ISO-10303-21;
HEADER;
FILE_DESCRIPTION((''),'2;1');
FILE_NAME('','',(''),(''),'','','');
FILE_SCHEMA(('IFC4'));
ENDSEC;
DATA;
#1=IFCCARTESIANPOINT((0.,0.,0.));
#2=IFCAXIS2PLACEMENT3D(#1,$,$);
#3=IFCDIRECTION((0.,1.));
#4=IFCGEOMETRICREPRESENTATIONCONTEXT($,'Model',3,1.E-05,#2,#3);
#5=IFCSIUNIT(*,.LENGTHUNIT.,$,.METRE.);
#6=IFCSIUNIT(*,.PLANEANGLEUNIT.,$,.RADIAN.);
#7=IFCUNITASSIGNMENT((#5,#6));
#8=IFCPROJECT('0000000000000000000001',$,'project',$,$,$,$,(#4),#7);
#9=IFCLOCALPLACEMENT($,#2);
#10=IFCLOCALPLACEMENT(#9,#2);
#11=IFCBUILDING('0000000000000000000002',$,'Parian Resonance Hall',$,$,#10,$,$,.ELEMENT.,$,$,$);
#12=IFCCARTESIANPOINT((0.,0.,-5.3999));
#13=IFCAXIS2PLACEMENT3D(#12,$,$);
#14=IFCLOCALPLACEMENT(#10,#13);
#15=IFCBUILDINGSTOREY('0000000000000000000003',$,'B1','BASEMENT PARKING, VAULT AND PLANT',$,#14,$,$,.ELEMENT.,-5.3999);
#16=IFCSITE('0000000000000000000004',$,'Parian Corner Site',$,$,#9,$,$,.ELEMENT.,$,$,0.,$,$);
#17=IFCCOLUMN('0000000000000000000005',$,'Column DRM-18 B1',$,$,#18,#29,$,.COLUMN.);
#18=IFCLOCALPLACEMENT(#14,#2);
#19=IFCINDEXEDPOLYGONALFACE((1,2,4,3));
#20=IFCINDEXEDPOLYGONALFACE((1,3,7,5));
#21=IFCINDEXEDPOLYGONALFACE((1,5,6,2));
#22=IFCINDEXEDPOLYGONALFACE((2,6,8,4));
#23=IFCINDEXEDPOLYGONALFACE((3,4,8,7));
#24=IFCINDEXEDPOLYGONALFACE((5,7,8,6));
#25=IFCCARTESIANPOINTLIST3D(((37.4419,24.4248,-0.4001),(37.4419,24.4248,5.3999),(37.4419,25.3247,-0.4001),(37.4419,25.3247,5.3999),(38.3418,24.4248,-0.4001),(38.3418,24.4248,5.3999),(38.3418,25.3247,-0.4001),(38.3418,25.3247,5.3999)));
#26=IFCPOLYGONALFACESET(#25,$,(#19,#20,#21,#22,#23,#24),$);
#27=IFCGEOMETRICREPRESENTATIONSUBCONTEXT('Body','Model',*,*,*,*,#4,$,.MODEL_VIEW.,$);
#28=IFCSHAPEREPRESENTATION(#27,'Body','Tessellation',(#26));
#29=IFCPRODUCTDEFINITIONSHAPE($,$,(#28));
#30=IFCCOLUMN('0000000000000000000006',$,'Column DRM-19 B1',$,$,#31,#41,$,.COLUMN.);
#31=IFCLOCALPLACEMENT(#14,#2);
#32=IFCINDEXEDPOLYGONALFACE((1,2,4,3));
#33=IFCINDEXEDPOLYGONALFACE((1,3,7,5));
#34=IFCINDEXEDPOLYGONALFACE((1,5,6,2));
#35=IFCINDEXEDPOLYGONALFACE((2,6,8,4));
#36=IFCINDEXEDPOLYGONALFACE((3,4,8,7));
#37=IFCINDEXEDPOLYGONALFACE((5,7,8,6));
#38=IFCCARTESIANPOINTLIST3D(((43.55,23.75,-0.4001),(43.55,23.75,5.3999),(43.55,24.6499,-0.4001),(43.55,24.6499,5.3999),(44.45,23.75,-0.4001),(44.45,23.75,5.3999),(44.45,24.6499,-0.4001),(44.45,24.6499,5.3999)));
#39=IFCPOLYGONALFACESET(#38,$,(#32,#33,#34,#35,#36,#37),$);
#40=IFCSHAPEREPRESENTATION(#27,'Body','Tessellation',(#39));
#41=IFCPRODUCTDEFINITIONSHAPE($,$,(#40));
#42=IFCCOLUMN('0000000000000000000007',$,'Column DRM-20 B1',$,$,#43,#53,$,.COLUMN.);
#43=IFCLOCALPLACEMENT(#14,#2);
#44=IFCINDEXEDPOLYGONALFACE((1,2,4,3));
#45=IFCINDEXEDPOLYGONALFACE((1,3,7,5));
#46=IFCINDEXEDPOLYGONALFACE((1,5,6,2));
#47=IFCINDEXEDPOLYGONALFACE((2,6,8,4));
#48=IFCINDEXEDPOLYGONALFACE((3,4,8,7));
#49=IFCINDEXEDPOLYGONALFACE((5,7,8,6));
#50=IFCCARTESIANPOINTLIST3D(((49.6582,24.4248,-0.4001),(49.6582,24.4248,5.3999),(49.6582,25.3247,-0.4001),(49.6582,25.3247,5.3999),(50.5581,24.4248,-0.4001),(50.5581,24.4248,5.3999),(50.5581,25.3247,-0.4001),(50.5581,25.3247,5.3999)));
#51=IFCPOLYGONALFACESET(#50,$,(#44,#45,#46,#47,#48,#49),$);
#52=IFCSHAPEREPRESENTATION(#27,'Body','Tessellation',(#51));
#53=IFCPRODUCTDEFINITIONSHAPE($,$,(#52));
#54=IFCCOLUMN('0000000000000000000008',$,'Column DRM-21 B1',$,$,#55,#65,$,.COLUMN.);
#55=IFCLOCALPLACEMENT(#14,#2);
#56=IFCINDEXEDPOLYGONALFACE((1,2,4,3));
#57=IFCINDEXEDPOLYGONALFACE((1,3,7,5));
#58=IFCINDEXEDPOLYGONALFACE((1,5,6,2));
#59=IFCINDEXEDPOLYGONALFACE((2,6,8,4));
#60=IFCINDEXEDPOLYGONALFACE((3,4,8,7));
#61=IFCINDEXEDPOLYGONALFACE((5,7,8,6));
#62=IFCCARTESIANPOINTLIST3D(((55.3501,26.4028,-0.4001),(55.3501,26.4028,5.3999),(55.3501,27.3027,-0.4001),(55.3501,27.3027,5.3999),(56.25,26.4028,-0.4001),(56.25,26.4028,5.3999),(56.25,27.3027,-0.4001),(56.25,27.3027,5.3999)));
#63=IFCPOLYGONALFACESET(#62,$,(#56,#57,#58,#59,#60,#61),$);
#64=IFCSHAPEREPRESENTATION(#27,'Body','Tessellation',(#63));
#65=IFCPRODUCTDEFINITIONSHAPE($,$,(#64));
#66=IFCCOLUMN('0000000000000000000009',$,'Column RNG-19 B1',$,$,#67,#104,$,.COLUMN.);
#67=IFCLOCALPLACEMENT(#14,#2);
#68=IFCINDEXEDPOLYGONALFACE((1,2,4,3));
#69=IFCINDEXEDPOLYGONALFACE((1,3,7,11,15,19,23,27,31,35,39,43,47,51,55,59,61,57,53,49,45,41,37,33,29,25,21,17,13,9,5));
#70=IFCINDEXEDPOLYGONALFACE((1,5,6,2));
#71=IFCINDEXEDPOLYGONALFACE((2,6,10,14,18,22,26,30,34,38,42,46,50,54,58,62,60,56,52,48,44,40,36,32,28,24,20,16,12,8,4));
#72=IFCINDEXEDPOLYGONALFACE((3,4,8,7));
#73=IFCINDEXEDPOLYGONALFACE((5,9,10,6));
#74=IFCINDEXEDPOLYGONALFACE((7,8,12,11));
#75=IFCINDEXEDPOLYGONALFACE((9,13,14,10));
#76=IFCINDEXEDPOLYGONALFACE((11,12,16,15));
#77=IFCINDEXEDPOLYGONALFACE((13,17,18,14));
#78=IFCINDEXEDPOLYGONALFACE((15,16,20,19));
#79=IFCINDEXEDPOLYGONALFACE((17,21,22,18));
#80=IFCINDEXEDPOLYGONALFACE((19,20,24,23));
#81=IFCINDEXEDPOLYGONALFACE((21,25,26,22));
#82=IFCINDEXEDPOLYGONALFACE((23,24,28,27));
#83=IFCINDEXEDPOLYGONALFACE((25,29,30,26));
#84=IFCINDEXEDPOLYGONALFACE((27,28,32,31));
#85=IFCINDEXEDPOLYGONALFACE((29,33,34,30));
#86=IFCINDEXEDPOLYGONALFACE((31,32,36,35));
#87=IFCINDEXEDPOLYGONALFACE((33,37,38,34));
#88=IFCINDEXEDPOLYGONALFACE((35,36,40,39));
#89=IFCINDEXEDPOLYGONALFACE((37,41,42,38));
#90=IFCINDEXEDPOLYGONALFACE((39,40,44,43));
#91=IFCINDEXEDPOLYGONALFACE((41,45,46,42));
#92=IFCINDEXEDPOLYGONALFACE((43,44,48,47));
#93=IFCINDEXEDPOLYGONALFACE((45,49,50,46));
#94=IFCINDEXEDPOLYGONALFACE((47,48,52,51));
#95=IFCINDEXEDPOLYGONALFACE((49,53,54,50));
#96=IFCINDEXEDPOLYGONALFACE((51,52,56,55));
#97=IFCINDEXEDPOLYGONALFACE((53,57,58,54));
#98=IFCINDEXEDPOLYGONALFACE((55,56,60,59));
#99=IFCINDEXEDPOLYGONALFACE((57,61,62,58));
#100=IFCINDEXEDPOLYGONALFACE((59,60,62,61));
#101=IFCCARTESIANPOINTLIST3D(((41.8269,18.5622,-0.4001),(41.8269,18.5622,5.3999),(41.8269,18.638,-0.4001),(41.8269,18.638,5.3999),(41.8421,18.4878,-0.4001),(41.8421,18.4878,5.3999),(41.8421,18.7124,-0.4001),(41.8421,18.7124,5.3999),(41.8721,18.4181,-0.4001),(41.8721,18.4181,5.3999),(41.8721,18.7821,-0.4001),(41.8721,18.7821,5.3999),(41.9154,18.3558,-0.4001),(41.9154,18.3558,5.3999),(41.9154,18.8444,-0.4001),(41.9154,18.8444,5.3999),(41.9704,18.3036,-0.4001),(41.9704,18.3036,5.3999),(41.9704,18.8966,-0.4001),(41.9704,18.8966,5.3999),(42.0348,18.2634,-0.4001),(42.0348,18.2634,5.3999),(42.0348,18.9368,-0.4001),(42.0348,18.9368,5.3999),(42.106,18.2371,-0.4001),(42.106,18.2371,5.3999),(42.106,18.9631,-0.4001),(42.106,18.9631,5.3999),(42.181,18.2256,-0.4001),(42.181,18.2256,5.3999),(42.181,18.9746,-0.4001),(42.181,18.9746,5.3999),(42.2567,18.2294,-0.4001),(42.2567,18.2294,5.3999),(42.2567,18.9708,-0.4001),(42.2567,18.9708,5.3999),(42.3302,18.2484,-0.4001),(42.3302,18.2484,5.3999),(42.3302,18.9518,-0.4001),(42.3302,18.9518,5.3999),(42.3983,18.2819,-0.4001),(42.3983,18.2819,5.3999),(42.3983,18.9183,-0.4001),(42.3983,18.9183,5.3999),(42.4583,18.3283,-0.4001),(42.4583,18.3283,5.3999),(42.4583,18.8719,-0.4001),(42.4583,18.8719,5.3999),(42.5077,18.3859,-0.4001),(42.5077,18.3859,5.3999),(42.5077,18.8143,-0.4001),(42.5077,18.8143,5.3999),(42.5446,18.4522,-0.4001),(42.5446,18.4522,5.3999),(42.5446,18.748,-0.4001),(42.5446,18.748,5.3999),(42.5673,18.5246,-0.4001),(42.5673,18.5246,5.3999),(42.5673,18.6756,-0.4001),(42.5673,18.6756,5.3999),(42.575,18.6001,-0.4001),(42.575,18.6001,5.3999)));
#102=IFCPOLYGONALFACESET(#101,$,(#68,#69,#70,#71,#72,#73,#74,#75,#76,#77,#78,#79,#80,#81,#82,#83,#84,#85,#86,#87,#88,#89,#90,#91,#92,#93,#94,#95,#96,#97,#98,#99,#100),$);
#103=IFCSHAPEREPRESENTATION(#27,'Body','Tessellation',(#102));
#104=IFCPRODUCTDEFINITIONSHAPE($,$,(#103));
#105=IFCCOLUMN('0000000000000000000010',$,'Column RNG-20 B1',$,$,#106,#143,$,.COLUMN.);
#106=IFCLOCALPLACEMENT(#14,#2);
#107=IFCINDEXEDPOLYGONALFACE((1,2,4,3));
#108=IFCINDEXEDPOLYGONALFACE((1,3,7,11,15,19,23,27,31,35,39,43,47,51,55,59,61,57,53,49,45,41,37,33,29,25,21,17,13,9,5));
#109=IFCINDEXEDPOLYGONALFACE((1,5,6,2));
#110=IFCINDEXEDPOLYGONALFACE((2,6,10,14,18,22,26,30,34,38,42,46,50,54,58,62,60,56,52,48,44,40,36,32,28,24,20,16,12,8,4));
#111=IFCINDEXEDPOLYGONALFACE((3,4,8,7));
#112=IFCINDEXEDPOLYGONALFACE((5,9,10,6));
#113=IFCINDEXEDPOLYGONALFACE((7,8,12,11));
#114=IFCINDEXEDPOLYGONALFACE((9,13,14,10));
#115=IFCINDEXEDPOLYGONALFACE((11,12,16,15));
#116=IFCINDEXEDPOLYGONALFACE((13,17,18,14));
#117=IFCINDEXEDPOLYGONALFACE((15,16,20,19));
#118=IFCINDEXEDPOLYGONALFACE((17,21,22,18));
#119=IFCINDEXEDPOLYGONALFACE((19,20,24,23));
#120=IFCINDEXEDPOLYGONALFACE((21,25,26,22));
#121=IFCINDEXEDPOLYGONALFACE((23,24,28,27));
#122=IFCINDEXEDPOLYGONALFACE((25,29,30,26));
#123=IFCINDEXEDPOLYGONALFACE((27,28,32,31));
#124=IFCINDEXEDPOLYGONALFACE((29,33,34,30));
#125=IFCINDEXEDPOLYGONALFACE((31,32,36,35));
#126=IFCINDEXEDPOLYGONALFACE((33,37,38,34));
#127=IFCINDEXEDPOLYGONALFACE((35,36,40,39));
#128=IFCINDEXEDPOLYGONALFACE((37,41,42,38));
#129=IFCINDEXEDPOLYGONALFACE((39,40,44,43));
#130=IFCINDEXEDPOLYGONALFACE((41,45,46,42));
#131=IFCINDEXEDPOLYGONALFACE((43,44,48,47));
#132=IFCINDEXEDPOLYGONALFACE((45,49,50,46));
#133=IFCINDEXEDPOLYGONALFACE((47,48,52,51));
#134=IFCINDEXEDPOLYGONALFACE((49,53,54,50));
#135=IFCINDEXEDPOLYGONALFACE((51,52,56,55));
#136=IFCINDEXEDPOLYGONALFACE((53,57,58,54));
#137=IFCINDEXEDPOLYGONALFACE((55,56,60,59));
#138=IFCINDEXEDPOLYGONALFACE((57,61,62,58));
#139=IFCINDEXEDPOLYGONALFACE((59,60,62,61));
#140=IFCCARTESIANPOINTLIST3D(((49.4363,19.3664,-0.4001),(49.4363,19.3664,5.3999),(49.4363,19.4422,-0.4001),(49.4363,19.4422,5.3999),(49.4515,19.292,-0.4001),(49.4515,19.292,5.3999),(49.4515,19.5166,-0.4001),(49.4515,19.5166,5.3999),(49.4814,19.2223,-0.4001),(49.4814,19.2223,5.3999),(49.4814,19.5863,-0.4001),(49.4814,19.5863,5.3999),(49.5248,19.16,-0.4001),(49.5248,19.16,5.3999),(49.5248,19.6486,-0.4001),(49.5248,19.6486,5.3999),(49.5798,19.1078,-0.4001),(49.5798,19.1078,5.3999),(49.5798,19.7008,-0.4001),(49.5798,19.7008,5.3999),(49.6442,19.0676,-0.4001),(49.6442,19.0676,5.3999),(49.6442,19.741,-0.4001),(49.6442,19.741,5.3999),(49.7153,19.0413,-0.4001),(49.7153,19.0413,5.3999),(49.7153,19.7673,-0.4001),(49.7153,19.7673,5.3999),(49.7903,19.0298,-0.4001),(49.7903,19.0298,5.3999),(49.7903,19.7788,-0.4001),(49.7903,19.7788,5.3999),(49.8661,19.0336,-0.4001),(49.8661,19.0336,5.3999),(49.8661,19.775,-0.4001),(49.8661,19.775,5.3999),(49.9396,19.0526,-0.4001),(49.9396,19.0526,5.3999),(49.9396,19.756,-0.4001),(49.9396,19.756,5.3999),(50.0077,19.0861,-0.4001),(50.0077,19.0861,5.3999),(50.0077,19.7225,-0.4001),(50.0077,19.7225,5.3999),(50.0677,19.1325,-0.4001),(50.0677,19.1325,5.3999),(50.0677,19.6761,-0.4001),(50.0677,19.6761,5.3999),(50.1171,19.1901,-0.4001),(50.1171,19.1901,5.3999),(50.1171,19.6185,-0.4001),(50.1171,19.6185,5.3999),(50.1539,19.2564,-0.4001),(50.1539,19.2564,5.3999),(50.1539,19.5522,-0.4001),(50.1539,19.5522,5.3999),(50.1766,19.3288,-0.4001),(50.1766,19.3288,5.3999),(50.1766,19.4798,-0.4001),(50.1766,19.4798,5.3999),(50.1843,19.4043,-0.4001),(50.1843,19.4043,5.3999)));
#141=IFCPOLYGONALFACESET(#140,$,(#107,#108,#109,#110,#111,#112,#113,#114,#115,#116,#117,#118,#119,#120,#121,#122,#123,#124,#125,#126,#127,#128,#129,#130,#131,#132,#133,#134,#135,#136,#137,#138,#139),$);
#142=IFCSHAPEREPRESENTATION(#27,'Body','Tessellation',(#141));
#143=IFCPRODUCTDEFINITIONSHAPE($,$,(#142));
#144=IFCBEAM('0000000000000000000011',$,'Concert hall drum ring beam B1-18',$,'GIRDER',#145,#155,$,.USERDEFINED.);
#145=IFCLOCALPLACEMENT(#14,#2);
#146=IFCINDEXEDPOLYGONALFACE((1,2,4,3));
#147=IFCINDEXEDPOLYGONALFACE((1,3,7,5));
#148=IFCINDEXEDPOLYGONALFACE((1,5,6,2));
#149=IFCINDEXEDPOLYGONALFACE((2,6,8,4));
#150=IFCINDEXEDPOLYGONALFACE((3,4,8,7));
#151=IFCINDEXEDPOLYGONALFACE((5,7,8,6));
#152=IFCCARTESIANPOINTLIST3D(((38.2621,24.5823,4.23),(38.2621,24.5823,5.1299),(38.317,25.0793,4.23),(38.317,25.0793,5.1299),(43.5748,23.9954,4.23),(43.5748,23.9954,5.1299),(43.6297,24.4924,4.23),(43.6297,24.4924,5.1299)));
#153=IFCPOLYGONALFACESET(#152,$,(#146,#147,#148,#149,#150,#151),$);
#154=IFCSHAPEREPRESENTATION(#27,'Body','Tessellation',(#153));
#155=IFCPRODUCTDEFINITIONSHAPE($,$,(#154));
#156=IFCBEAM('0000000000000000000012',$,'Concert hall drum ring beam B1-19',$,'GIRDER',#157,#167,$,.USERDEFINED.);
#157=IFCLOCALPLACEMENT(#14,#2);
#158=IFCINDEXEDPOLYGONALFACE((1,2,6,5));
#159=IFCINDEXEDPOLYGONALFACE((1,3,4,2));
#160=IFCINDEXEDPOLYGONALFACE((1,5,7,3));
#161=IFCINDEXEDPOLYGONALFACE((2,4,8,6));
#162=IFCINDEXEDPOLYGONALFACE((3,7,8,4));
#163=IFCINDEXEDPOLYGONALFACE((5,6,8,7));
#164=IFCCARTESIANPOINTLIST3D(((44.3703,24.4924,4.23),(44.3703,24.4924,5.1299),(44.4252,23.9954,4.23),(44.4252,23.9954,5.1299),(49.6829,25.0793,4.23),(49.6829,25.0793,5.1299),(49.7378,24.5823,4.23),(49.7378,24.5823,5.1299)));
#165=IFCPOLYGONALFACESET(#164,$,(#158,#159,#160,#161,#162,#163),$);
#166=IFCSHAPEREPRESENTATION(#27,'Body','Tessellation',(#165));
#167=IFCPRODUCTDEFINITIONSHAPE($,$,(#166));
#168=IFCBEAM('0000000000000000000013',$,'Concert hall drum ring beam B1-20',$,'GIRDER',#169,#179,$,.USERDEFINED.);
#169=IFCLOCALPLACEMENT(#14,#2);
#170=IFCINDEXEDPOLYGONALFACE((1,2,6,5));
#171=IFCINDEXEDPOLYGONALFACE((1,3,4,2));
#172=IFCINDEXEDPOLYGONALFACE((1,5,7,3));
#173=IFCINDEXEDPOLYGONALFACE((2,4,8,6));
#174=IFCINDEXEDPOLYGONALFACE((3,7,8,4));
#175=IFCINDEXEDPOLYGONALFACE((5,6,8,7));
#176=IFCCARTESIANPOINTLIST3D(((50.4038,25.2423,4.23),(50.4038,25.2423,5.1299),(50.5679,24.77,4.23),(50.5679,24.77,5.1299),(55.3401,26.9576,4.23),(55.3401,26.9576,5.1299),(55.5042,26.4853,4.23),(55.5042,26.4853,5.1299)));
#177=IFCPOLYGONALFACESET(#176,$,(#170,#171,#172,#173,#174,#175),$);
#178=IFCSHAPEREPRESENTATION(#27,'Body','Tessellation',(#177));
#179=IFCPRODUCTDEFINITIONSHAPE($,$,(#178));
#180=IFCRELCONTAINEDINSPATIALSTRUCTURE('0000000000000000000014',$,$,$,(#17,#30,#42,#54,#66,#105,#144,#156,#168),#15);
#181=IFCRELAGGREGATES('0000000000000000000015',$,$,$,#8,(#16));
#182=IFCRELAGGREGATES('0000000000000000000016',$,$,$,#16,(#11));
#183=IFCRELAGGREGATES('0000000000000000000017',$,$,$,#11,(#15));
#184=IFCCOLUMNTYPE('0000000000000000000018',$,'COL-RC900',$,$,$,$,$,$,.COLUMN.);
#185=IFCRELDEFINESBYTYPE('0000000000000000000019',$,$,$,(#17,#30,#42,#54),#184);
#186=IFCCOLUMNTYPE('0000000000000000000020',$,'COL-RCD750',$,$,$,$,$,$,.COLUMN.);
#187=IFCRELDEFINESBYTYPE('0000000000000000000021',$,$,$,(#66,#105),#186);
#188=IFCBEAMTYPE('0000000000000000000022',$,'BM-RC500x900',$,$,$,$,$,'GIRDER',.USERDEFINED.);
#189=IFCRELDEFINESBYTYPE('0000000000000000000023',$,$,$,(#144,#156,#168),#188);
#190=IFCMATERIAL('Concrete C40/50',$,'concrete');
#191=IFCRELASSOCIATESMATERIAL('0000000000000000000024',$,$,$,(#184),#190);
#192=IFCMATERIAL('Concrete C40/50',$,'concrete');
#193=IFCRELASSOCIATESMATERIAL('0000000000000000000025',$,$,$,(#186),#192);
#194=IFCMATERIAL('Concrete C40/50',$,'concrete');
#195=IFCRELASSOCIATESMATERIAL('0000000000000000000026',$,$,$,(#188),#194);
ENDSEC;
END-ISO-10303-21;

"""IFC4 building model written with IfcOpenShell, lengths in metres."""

from ifc_helpers import new_model, si_unit, direction, frame, origin, origin_2d, place, context, subcontext, project, spatial, rectangle, circle, extrude, material, material_profile, profile_set, type_object, element, save


model = new_model("IFC4")

# Units and contexts
model_context = context("Model", 3, precision=1e-05, world=origin(), true_north=direction((0.0, 1.0)))
body_context = subcontext(model_context, "Body", "Model", "MODEL_VIEW")
ifc_project = project(units=[si_unit("LENGTHUNIT", "METRE"), si_unit("PLANEANGLEUNIT", "RADIAN")], contexts=[model_context])

# Site, building, storey
site_placement = place(None, origin())
site = spatial("IfcSite", under=ifc_project, at=site_placement, Name="Parian Corner Site", CompositionType="ELEMENT", RefElevation=0.0)
building_placement = place(site_placement, origin())
building = spatial("IfcBuilding", under=site, at=building_placement, Name="Parian Resonance Hall", CompositionType="ELEMENT")
storey_placement = place(building_placement, frame((0.0, 0.0, -5.3999)))
storey = spatial("IfcBuildingStorey", under=building, at=storey_placement, Name="B1", Description="BASEMENT PARKING, VAULT AND PLANT", CompositionType="ELEMENT", Elevation=-5.3999)

# Columns
ifc_material_1 = material(Name="Concrete C40/50", Category="concrete")
ifc_material_profile_1 = material_profile(ifc_material_1, rectangle(XDim=0.8999, YDim=0.8999, at=origin_2d()), Name="RC-COL-900x900")
ifc_profile_set_1 = profile_set([ifc_material_profile_1], Name="Concrete C40/50")
column_type_1 = type_object("IfcColumnType", Name="COL-RC900", PredefinedType="COLUMN", material=ifc_profile_set_1)
for number, where, z_axis, x_axis, name in (
    (1, (37.8918, 24.8748, -0.4001), (0.0, 0.0, 1.0), (1.0, 0.0, 0.0), "Column DRM-18 B1"),
    (2, (44.0, 24.2, -0.4001), (0.0, 0.0, 1.0), (1.0, 0.0, 0.0), "Column DRM-19 B1"),
    (3, (50.1082, 24.8748, -0.4001), (0.0, 0.0, 1.0), (1.0, 0.0, 0.0), "Column DRM-20 B1"),
    (4, (55.8, 26.8528, -0.4001), (0.0, 0.0, 1.0), (1.0, 0.0, 0.0), "Column DRM-21 B1"),
):
    element("IfcColumn", number, at=place(storey_placement, frame(where, z_axis=z_axis, x_axis=x_axis)), inside=storey, type_object=column_type_1, Name=name, PredefinedType="COLUMN", context=body_context, shape_type="SweptSolid", body=[
        extrude(rectangle(XDim=0.8999, YDim=0.8999, at=origin_2d()), origin(), (0.0, 0.0, 1.0), 5.8),
    ])
ifc_material_2 = material(Name="Concrete C40/50", Category="concrete")
ifc_material_profile_2 = material_profile(ifc_material_2, circle(Radius=0.375, at=origin_2d()), Name="RC-COL-D750")
ifc_profile_set_2 = profile_set([ifc_material_profile_2], Name="Concrete C40/50")
column_type_2 = type_object("IfcColumnType", Name="COL-RCD750", PredefinedType="COLUMN", material=ifc_profile_set_2)
for number, where, z_axis, x_axis, name in (
    (5, (42.2, 18.6001, -0.4001), (0.0, 0.0, 1.0), (1.0, 0.0, 0.0), "Column RNG-19 B1"),
    (6, (49.8093, 19.4043, -0.4001), (0.0, 0.0, 1.0), (1.0, 0.0, 0.0), "Column RNG-20 B1"),
):
    element("IfcColumn", number, at=place(storey_placement, frame(where, z_axis=z_axis, x_axis=x_axis)), inside=storey, type_object=column_type_2, Name=name, PredefinedType="COLUMN", context=body_context, shape_type="SweptSolid", body=[
        extrude(circle(Radius=0.375, at=origin_2d()), origin(), (0.0, 0.0, 1.0), 5.8),
    ])

# Beams
ifc_material_3 = material(Name="Concrete C40/50", Category="concrete")
ifc_material_profile_3 = material_profile(ifc_material_3, rectangle(XDim=0.5, YDim=0.8999, at=origin_2d()), Name="RC-BM-500x900")
ifc_profile_set_3 = profile_set([ifc_material_profile_3], Name="Concrete C40/50")
beam_type_1 = type_object("IfcBeamType", Name="BM-RC500x900", ElementType="GIRDER", PredefinedType="USERDEFINED", material=ifc_profile_set_3)
for number, where, z_axis, x_axis, name in (
    (7, (38.2896, 24.8308, 4.6799), (0.993953, -0.109805, 0.0), (0.109805, 0.993953, 0.0), "Concert hall drum ring beam B1-18"),
    (8, (44.3977, 24.2439, 4.6799), (0.993953, 0.109805, 0.0), (-0.109805, 0.993953, 0.0), "Concert hall drum ring beam B1-19"),
):
    element("IfcBeam", number, at=place(storey_placement, frame(where, z_axis=z_axis, x_axis=x_axis)), inside=storey, type_object=beam_type_1, Name=name, ObjectType="GIRDER", PredefinedType="USERDEFINED", context=body_context, shape_type="SweptSolid", body=[
        extrude(rectangle(XDim=0.5, YDim=0.8999, at=origin_2d()), origin(), (0.0, 0.0, 1.0), 5.345),
    ])
beam_1_placement = place(storey_placement, frame((50.4858, 25.0061, 4.6799), z_axis=(0.944594, 0.328242, 0.0), x_axis=(-0.328242, 0.944594, 0.0)))
element("IfcBeam", 9, at=beam_1_placement, inside=storey, type_object=beam_type_1, Name="Concert hall drum ring beam B1-20", ObjectType="GIRDER", PredefinedType="USERDEFINED", context=body_context, shape_type="SweptSolid", body=[
    extrude(rectangle(XDim=0.5, YDim=0.8999, at=origin_2d()), origin(), (0.0, 0.0, 1.0), 5.2258),
])

save(model, "model.ifc")
